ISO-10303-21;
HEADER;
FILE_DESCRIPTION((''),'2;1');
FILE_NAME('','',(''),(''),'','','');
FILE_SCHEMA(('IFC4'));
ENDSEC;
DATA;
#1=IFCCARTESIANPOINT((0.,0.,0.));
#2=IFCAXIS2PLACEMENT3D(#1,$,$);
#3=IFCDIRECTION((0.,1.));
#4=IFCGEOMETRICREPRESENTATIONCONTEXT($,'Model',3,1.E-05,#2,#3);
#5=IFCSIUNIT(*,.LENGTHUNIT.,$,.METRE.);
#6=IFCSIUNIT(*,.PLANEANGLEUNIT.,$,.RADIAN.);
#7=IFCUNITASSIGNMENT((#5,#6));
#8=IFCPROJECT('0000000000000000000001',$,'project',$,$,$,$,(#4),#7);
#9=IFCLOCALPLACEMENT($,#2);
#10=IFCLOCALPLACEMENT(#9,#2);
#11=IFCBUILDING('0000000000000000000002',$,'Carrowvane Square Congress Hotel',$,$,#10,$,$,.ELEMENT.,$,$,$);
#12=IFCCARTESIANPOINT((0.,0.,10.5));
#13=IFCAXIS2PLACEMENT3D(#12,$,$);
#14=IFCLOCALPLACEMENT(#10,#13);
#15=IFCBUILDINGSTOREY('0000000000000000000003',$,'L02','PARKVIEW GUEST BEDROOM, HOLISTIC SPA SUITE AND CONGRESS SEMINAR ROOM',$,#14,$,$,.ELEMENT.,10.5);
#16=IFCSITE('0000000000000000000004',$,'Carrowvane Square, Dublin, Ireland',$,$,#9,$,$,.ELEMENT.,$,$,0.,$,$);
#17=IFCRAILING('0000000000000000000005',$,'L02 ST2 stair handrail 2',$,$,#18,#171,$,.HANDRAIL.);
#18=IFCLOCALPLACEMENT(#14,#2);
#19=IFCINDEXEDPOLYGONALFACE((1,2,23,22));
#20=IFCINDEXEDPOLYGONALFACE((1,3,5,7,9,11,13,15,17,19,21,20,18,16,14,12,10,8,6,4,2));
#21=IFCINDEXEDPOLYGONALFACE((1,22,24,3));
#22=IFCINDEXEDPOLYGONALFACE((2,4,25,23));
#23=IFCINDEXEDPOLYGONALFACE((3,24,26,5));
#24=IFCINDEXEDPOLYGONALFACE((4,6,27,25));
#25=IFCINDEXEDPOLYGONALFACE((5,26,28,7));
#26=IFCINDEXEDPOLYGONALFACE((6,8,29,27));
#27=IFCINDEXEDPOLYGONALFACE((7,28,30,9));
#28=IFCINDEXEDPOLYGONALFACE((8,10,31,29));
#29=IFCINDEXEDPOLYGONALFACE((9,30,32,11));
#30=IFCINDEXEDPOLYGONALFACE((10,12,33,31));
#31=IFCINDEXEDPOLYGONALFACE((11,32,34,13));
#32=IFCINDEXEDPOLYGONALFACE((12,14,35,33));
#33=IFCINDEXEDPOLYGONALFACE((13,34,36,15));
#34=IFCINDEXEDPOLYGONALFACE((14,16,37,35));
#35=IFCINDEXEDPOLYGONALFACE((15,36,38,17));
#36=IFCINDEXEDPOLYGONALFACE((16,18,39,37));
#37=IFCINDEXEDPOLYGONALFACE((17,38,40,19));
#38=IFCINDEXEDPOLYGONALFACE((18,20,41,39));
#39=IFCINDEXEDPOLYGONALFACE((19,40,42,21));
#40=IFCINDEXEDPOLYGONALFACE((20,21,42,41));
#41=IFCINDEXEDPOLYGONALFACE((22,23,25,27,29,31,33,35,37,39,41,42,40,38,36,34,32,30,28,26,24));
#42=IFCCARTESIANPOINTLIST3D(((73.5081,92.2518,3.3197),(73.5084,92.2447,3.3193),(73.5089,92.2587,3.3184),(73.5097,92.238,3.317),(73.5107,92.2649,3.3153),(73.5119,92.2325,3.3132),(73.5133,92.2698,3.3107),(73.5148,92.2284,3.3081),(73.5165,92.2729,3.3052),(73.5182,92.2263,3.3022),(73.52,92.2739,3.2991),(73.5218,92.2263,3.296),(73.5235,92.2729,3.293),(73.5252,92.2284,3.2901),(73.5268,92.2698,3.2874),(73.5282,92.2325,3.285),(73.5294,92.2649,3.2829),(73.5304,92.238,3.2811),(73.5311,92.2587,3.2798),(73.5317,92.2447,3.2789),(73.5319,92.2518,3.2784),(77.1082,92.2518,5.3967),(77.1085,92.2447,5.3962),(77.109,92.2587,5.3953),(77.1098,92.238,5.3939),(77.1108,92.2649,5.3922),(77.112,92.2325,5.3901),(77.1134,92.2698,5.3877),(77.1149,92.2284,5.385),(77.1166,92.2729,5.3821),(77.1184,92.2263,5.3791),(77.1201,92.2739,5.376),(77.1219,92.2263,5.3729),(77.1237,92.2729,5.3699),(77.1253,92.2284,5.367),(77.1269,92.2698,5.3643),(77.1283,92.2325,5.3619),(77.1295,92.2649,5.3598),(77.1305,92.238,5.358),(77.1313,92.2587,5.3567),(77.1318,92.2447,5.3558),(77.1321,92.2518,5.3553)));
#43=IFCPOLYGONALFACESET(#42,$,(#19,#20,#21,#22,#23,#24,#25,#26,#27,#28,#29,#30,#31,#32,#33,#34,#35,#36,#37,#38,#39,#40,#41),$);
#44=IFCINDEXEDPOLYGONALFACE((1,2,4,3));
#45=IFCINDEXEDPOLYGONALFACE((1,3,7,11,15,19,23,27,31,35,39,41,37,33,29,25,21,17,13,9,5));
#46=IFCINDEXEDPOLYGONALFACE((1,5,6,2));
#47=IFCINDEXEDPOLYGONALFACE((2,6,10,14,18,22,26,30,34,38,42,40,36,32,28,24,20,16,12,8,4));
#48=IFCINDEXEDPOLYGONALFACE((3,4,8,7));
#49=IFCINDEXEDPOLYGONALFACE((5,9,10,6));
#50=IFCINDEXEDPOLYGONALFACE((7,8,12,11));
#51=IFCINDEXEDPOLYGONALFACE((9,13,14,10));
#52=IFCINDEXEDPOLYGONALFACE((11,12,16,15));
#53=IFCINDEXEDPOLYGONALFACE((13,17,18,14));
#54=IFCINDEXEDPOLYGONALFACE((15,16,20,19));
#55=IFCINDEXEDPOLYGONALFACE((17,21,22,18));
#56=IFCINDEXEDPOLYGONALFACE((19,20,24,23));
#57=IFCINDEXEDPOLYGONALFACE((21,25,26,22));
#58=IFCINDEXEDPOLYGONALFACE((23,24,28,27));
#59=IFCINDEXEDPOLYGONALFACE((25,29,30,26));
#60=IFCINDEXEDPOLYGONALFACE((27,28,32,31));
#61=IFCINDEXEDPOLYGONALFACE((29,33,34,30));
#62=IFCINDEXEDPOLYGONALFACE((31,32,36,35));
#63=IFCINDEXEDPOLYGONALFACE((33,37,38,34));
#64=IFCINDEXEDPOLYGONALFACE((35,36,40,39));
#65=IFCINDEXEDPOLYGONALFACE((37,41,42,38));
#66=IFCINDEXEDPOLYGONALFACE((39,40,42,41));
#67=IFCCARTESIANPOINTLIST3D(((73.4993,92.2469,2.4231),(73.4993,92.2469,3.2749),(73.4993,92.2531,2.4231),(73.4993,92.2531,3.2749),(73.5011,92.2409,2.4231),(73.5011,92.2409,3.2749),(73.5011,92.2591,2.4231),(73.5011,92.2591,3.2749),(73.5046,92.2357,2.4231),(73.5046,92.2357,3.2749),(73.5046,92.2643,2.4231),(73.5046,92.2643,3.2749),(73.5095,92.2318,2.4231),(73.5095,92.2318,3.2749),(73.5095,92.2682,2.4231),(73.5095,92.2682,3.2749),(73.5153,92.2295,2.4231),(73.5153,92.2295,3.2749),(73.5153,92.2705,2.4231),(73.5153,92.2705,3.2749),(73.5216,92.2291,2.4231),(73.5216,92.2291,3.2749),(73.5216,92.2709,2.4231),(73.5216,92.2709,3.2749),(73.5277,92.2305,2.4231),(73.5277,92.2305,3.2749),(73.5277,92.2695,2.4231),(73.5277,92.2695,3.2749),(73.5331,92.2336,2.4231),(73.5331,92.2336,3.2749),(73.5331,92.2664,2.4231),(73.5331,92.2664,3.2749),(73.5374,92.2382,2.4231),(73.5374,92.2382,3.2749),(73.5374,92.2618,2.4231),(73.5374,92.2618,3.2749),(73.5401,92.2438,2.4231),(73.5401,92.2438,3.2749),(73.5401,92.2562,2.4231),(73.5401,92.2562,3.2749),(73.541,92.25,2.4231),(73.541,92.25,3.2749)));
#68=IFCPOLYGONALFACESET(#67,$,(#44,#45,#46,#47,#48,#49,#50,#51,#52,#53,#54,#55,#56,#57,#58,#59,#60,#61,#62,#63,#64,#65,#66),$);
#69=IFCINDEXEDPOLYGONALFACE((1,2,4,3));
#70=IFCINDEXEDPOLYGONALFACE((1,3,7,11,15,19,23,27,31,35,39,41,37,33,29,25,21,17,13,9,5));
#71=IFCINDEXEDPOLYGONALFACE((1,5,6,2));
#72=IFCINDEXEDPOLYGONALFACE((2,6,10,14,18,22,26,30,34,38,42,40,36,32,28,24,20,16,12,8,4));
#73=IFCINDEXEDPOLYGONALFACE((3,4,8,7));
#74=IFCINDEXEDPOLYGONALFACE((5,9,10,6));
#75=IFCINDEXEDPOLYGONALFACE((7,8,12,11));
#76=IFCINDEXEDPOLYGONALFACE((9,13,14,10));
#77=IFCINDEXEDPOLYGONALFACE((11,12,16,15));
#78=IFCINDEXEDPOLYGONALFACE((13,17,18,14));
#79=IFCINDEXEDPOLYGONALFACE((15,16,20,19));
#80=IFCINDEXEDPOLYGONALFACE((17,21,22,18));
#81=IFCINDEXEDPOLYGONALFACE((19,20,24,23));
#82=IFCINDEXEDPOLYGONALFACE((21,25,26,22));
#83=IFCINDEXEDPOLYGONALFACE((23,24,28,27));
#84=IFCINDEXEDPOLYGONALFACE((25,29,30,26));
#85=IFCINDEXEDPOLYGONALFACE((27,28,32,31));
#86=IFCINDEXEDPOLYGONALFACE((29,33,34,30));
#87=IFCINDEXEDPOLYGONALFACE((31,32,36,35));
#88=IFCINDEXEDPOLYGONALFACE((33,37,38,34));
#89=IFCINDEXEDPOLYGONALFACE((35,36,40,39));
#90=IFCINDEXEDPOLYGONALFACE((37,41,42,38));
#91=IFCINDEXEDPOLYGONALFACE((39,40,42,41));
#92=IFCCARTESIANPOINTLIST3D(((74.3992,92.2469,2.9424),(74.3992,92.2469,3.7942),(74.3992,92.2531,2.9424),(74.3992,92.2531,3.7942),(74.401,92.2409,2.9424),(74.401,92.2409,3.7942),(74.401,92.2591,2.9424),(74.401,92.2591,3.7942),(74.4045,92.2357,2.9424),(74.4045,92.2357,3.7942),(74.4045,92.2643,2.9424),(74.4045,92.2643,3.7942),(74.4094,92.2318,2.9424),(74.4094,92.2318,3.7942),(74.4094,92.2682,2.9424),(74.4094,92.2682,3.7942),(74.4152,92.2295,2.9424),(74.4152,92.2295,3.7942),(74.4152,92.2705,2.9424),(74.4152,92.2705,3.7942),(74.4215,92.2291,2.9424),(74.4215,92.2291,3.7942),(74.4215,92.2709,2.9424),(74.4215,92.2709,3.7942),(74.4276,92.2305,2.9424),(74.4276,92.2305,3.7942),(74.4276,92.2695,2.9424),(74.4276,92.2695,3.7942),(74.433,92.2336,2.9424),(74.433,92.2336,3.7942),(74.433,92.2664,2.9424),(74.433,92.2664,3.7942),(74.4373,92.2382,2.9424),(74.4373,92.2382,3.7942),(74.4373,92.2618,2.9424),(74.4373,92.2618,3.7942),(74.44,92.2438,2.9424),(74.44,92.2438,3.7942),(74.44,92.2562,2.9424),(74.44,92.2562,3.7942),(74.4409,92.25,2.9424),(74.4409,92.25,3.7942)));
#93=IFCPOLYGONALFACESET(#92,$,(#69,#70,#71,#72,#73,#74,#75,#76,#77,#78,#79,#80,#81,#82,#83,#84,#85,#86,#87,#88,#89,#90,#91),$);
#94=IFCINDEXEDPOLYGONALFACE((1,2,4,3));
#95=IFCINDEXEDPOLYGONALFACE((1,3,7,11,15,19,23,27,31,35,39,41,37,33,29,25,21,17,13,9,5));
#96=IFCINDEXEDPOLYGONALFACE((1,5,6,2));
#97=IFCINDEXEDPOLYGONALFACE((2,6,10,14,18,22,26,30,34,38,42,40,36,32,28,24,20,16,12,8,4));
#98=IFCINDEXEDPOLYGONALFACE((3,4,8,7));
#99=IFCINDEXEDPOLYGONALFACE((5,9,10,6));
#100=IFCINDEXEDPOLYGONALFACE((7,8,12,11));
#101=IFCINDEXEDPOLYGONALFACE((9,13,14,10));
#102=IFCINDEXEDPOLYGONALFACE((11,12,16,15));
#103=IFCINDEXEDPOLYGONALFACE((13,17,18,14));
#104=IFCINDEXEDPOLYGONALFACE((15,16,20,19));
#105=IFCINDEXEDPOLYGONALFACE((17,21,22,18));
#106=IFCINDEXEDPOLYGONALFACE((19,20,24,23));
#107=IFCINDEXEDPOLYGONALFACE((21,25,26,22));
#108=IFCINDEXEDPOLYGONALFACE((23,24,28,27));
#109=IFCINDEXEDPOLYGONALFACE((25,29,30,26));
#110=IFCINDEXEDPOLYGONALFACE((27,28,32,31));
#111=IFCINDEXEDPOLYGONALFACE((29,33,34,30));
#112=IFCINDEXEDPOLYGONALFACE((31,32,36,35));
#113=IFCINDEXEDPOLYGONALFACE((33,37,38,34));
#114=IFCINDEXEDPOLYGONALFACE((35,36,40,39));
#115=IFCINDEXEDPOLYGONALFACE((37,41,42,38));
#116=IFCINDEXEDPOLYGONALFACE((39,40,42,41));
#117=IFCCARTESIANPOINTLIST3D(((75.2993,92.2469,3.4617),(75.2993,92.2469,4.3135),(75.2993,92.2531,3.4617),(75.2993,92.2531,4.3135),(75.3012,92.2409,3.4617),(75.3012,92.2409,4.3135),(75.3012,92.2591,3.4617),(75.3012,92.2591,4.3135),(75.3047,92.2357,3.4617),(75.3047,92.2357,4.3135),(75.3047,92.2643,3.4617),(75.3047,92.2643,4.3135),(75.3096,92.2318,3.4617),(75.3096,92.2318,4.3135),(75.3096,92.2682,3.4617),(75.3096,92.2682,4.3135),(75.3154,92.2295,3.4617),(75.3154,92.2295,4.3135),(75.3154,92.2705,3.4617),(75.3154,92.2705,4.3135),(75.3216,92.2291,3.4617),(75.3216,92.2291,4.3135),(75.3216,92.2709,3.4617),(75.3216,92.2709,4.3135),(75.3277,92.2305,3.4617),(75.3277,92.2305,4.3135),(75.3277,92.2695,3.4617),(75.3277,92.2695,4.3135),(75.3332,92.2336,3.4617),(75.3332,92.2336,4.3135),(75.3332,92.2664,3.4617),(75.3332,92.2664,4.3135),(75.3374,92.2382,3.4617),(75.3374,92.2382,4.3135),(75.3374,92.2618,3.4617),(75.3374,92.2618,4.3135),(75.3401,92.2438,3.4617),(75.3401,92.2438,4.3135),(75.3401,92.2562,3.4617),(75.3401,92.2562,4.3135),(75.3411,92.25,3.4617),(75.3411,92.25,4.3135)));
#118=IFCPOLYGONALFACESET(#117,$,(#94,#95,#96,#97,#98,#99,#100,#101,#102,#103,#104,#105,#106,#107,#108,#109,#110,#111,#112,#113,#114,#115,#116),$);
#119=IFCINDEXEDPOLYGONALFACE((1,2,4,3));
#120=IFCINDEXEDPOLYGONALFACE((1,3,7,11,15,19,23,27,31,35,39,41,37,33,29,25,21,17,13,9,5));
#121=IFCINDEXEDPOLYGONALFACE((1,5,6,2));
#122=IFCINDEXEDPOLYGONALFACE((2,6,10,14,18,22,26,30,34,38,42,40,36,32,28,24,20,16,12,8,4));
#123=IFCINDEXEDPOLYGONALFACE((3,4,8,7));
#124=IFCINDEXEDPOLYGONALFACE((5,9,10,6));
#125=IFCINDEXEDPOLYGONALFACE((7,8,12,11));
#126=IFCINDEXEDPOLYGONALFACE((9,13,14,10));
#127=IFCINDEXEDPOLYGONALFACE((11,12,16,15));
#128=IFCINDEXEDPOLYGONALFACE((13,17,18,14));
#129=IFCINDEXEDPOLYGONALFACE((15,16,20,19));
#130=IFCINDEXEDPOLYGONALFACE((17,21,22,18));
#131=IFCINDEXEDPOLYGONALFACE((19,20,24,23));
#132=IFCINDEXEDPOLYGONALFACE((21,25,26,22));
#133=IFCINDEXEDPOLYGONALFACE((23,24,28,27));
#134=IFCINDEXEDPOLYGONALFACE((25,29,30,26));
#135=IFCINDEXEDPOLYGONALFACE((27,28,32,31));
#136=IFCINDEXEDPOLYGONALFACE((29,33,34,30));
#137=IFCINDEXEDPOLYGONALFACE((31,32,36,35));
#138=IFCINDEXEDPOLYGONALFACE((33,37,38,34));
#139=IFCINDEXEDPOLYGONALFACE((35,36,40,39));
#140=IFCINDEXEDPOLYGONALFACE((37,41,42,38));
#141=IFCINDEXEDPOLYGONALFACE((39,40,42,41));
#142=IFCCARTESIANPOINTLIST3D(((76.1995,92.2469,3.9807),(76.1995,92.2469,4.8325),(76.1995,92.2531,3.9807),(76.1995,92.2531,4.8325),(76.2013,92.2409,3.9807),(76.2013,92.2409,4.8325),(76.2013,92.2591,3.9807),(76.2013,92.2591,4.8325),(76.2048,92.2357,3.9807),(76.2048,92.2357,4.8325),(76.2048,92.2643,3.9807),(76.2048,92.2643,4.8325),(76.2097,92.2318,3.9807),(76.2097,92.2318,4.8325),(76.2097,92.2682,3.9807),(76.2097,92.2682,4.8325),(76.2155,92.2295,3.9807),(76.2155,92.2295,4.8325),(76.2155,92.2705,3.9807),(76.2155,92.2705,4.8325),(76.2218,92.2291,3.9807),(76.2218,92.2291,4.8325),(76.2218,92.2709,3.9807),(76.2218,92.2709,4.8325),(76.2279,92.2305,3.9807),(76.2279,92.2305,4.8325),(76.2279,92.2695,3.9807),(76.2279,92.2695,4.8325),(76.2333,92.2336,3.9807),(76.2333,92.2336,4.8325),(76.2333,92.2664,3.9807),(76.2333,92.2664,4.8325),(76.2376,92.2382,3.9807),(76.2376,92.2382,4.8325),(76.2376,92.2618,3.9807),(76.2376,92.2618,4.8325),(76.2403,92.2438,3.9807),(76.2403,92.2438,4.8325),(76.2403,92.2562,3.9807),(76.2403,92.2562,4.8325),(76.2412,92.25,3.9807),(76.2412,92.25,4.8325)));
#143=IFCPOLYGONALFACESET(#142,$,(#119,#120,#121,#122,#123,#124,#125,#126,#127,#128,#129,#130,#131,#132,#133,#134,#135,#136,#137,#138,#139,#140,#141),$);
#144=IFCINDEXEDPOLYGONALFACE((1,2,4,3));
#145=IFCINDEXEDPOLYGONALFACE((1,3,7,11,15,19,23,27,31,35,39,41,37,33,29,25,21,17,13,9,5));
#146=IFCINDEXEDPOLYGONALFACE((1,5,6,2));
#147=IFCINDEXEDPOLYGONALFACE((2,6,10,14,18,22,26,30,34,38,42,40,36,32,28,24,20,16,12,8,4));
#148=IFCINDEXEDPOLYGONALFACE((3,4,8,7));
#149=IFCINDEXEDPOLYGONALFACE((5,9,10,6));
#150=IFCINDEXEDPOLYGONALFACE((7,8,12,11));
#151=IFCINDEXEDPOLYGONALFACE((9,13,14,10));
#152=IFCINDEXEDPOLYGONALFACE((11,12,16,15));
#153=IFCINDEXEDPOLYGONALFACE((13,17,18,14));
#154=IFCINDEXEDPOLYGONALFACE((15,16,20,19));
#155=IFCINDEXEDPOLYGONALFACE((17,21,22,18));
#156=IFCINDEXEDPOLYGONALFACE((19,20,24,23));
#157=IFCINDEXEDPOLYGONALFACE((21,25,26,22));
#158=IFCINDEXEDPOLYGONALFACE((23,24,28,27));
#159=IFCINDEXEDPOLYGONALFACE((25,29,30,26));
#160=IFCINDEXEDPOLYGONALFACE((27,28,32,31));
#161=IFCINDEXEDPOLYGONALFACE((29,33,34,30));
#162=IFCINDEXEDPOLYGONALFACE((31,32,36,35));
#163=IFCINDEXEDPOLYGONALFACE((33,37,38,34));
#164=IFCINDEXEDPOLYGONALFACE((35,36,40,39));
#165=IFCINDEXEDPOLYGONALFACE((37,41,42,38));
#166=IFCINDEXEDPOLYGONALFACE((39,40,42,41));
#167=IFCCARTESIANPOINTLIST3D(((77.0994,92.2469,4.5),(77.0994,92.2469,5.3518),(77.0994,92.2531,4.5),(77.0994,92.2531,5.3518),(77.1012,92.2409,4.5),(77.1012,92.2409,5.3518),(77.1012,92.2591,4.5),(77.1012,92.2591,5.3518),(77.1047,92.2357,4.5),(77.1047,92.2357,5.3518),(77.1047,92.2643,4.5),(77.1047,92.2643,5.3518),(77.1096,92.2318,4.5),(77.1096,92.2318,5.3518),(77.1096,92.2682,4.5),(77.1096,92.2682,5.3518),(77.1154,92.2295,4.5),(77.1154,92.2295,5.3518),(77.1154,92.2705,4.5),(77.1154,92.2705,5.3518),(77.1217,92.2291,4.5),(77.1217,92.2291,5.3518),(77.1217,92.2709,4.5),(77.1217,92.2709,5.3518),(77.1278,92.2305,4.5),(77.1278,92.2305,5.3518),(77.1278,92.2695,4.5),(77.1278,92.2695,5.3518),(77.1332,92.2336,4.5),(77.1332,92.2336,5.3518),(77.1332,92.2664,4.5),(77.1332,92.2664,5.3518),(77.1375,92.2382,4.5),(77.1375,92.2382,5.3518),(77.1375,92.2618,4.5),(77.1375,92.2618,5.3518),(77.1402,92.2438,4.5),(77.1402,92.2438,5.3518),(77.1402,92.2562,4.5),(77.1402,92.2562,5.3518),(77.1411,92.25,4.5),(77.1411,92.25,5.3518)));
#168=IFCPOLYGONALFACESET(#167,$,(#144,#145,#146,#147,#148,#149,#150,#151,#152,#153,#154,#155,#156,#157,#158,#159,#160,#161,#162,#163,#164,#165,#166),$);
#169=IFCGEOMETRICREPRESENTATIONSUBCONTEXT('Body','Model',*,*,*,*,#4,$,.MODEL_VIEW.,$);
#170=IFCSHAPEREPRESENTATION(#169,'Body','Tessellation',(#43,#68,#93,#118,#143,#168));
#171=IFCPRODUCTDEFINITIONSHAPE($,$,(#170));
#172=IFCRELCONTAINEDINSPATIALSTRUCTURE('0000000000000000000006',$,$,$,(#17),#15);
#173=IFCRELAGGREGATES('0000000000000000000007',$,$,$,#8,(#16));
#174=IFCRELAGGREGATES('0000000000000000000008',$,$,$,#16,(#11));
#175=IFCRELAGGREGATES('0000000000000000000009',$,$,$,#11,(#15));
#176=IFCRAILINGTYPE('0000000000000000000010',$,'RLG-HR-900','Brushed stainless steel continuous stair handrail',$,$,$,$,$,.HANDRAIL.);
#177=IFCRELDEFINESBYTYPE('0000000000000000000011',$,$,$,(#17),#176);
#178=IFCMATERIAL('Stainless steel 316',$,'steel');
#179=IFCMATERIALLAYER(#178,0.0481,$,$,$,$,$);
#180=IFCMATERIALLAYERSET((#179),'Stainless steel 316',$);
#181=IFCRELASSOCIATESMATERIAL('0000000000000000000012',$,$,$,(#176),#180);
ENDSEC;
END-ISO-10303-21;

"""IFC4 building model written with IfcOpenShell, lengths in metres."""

from ifc_helpers import new_model, si_unit, direction, frame, origin, origin_2d, place, context, subcontext, project, spatial, circle, extrude, material, layer, layer_set, type_object, element, save


model = new_model("IFC4")

# Units and contexts
model_context = context("Model", 3, precision=1e-05, world=origin(), true_north=direction((0.0, 1.0)))
body_context = subcontext(model_context, "Body", "Model", "MODEL_VIEW")
ifc_project = project(units=[si_unit("LENGTHUNIT", "METRE"), si_unit("PLANEANGLEUNIT", "RADIAN")], contexts=[model_context])

# Site, building, storey
site_placement = place(None, origin())
site = spatial("IfcSite", under=ifc_project, at=site_placement, Name="Carrowvane Square, Dublin, Ireland", CompositionType="ELEMENT", RefElevation=0.0)
building_placement = place(site_placement, origin())
building = spatial("IfcBuilding", under=site, at=building_placement, Name="Carrowvane Square Congress Hotel", CompositionType="ELEMENT")
storey_placement = place(building_placement, frame((0.0, 0.0, 10.5)))
storey = spatial("IfcBuildingStorey", under=building, at=storey_placement, Name="L02", Description="PARKVIEW GUEST BEDROOM, HOLISTIC SPA SUITE AND CONGRESS SEMINAR ROOM", CompositionType="ELEMENT", Elevation=10.5)

# Railing
ifc_material_1 = material(Name="Stainless steel 316", Category="steel")
ifc_layer_1 = layer(ifc_material_1, 0.0481)
ifc_layer_set_1 = layer_set([ifc_layer_1], Name="Stainless steel 316")
railing_type_1 = type_object("IfcRailingType", Name="RLG-HR-900", Description="Brushed stainless steel continuous stair handrail", PredefinedType="HANDRAIL", material=ifc_layer_set_1)
railing_1_placement = place(storey_placement, frame((73.52, 92.25, 2.4231)))
element("IfcRailing", 1, at=railing_1_placement, inside=storey, type_object=railing_type_1, Name="L02 ST2 stair handrail 2", PredefinedType="HANDRAIL", context=body_context, shape_type="SweptSolid", body=[
    extrude(circle(Radius=0.0239, at=origin_2d()), frame((0.0, 0.0, 0.876), z_axis=(0.866193, 0.0, 0.499709), x_axis=(0.0, 1.0, 0.0)), (0.0, 0.0, 1.0), 4.1562),
    extrude(circle(Radius=0.021, at=origin_2d()), origin(), (0.0, 0.0, 1.0), 0.8518),
    extrude(circle(Radius=0.021, at=origin_2d()), frame((0.8999, 0.0, 0.5193)), (0.0, 0.0, 1.0), 0.8518),
    extrude(circle(Radius=0.021, at=origin_2d()), frame((1.8, 0.0, 1.0386)), (0.0, 0.0, 1.0), 0.8518),
    extrude(circle(Radius=0.021, at=origin_2d()), frame((2.7002, 0.0, 1.5576)), (0.0, 0.0, 1.0), 0.8518),
    extrude(circle(Radius=0.021, at=origin_2d()), frame((3.6001, 0.0, 2.0769)), (0.0, 0.0, 1.0), 0.8518),
])

save(model, "model.ifc")
